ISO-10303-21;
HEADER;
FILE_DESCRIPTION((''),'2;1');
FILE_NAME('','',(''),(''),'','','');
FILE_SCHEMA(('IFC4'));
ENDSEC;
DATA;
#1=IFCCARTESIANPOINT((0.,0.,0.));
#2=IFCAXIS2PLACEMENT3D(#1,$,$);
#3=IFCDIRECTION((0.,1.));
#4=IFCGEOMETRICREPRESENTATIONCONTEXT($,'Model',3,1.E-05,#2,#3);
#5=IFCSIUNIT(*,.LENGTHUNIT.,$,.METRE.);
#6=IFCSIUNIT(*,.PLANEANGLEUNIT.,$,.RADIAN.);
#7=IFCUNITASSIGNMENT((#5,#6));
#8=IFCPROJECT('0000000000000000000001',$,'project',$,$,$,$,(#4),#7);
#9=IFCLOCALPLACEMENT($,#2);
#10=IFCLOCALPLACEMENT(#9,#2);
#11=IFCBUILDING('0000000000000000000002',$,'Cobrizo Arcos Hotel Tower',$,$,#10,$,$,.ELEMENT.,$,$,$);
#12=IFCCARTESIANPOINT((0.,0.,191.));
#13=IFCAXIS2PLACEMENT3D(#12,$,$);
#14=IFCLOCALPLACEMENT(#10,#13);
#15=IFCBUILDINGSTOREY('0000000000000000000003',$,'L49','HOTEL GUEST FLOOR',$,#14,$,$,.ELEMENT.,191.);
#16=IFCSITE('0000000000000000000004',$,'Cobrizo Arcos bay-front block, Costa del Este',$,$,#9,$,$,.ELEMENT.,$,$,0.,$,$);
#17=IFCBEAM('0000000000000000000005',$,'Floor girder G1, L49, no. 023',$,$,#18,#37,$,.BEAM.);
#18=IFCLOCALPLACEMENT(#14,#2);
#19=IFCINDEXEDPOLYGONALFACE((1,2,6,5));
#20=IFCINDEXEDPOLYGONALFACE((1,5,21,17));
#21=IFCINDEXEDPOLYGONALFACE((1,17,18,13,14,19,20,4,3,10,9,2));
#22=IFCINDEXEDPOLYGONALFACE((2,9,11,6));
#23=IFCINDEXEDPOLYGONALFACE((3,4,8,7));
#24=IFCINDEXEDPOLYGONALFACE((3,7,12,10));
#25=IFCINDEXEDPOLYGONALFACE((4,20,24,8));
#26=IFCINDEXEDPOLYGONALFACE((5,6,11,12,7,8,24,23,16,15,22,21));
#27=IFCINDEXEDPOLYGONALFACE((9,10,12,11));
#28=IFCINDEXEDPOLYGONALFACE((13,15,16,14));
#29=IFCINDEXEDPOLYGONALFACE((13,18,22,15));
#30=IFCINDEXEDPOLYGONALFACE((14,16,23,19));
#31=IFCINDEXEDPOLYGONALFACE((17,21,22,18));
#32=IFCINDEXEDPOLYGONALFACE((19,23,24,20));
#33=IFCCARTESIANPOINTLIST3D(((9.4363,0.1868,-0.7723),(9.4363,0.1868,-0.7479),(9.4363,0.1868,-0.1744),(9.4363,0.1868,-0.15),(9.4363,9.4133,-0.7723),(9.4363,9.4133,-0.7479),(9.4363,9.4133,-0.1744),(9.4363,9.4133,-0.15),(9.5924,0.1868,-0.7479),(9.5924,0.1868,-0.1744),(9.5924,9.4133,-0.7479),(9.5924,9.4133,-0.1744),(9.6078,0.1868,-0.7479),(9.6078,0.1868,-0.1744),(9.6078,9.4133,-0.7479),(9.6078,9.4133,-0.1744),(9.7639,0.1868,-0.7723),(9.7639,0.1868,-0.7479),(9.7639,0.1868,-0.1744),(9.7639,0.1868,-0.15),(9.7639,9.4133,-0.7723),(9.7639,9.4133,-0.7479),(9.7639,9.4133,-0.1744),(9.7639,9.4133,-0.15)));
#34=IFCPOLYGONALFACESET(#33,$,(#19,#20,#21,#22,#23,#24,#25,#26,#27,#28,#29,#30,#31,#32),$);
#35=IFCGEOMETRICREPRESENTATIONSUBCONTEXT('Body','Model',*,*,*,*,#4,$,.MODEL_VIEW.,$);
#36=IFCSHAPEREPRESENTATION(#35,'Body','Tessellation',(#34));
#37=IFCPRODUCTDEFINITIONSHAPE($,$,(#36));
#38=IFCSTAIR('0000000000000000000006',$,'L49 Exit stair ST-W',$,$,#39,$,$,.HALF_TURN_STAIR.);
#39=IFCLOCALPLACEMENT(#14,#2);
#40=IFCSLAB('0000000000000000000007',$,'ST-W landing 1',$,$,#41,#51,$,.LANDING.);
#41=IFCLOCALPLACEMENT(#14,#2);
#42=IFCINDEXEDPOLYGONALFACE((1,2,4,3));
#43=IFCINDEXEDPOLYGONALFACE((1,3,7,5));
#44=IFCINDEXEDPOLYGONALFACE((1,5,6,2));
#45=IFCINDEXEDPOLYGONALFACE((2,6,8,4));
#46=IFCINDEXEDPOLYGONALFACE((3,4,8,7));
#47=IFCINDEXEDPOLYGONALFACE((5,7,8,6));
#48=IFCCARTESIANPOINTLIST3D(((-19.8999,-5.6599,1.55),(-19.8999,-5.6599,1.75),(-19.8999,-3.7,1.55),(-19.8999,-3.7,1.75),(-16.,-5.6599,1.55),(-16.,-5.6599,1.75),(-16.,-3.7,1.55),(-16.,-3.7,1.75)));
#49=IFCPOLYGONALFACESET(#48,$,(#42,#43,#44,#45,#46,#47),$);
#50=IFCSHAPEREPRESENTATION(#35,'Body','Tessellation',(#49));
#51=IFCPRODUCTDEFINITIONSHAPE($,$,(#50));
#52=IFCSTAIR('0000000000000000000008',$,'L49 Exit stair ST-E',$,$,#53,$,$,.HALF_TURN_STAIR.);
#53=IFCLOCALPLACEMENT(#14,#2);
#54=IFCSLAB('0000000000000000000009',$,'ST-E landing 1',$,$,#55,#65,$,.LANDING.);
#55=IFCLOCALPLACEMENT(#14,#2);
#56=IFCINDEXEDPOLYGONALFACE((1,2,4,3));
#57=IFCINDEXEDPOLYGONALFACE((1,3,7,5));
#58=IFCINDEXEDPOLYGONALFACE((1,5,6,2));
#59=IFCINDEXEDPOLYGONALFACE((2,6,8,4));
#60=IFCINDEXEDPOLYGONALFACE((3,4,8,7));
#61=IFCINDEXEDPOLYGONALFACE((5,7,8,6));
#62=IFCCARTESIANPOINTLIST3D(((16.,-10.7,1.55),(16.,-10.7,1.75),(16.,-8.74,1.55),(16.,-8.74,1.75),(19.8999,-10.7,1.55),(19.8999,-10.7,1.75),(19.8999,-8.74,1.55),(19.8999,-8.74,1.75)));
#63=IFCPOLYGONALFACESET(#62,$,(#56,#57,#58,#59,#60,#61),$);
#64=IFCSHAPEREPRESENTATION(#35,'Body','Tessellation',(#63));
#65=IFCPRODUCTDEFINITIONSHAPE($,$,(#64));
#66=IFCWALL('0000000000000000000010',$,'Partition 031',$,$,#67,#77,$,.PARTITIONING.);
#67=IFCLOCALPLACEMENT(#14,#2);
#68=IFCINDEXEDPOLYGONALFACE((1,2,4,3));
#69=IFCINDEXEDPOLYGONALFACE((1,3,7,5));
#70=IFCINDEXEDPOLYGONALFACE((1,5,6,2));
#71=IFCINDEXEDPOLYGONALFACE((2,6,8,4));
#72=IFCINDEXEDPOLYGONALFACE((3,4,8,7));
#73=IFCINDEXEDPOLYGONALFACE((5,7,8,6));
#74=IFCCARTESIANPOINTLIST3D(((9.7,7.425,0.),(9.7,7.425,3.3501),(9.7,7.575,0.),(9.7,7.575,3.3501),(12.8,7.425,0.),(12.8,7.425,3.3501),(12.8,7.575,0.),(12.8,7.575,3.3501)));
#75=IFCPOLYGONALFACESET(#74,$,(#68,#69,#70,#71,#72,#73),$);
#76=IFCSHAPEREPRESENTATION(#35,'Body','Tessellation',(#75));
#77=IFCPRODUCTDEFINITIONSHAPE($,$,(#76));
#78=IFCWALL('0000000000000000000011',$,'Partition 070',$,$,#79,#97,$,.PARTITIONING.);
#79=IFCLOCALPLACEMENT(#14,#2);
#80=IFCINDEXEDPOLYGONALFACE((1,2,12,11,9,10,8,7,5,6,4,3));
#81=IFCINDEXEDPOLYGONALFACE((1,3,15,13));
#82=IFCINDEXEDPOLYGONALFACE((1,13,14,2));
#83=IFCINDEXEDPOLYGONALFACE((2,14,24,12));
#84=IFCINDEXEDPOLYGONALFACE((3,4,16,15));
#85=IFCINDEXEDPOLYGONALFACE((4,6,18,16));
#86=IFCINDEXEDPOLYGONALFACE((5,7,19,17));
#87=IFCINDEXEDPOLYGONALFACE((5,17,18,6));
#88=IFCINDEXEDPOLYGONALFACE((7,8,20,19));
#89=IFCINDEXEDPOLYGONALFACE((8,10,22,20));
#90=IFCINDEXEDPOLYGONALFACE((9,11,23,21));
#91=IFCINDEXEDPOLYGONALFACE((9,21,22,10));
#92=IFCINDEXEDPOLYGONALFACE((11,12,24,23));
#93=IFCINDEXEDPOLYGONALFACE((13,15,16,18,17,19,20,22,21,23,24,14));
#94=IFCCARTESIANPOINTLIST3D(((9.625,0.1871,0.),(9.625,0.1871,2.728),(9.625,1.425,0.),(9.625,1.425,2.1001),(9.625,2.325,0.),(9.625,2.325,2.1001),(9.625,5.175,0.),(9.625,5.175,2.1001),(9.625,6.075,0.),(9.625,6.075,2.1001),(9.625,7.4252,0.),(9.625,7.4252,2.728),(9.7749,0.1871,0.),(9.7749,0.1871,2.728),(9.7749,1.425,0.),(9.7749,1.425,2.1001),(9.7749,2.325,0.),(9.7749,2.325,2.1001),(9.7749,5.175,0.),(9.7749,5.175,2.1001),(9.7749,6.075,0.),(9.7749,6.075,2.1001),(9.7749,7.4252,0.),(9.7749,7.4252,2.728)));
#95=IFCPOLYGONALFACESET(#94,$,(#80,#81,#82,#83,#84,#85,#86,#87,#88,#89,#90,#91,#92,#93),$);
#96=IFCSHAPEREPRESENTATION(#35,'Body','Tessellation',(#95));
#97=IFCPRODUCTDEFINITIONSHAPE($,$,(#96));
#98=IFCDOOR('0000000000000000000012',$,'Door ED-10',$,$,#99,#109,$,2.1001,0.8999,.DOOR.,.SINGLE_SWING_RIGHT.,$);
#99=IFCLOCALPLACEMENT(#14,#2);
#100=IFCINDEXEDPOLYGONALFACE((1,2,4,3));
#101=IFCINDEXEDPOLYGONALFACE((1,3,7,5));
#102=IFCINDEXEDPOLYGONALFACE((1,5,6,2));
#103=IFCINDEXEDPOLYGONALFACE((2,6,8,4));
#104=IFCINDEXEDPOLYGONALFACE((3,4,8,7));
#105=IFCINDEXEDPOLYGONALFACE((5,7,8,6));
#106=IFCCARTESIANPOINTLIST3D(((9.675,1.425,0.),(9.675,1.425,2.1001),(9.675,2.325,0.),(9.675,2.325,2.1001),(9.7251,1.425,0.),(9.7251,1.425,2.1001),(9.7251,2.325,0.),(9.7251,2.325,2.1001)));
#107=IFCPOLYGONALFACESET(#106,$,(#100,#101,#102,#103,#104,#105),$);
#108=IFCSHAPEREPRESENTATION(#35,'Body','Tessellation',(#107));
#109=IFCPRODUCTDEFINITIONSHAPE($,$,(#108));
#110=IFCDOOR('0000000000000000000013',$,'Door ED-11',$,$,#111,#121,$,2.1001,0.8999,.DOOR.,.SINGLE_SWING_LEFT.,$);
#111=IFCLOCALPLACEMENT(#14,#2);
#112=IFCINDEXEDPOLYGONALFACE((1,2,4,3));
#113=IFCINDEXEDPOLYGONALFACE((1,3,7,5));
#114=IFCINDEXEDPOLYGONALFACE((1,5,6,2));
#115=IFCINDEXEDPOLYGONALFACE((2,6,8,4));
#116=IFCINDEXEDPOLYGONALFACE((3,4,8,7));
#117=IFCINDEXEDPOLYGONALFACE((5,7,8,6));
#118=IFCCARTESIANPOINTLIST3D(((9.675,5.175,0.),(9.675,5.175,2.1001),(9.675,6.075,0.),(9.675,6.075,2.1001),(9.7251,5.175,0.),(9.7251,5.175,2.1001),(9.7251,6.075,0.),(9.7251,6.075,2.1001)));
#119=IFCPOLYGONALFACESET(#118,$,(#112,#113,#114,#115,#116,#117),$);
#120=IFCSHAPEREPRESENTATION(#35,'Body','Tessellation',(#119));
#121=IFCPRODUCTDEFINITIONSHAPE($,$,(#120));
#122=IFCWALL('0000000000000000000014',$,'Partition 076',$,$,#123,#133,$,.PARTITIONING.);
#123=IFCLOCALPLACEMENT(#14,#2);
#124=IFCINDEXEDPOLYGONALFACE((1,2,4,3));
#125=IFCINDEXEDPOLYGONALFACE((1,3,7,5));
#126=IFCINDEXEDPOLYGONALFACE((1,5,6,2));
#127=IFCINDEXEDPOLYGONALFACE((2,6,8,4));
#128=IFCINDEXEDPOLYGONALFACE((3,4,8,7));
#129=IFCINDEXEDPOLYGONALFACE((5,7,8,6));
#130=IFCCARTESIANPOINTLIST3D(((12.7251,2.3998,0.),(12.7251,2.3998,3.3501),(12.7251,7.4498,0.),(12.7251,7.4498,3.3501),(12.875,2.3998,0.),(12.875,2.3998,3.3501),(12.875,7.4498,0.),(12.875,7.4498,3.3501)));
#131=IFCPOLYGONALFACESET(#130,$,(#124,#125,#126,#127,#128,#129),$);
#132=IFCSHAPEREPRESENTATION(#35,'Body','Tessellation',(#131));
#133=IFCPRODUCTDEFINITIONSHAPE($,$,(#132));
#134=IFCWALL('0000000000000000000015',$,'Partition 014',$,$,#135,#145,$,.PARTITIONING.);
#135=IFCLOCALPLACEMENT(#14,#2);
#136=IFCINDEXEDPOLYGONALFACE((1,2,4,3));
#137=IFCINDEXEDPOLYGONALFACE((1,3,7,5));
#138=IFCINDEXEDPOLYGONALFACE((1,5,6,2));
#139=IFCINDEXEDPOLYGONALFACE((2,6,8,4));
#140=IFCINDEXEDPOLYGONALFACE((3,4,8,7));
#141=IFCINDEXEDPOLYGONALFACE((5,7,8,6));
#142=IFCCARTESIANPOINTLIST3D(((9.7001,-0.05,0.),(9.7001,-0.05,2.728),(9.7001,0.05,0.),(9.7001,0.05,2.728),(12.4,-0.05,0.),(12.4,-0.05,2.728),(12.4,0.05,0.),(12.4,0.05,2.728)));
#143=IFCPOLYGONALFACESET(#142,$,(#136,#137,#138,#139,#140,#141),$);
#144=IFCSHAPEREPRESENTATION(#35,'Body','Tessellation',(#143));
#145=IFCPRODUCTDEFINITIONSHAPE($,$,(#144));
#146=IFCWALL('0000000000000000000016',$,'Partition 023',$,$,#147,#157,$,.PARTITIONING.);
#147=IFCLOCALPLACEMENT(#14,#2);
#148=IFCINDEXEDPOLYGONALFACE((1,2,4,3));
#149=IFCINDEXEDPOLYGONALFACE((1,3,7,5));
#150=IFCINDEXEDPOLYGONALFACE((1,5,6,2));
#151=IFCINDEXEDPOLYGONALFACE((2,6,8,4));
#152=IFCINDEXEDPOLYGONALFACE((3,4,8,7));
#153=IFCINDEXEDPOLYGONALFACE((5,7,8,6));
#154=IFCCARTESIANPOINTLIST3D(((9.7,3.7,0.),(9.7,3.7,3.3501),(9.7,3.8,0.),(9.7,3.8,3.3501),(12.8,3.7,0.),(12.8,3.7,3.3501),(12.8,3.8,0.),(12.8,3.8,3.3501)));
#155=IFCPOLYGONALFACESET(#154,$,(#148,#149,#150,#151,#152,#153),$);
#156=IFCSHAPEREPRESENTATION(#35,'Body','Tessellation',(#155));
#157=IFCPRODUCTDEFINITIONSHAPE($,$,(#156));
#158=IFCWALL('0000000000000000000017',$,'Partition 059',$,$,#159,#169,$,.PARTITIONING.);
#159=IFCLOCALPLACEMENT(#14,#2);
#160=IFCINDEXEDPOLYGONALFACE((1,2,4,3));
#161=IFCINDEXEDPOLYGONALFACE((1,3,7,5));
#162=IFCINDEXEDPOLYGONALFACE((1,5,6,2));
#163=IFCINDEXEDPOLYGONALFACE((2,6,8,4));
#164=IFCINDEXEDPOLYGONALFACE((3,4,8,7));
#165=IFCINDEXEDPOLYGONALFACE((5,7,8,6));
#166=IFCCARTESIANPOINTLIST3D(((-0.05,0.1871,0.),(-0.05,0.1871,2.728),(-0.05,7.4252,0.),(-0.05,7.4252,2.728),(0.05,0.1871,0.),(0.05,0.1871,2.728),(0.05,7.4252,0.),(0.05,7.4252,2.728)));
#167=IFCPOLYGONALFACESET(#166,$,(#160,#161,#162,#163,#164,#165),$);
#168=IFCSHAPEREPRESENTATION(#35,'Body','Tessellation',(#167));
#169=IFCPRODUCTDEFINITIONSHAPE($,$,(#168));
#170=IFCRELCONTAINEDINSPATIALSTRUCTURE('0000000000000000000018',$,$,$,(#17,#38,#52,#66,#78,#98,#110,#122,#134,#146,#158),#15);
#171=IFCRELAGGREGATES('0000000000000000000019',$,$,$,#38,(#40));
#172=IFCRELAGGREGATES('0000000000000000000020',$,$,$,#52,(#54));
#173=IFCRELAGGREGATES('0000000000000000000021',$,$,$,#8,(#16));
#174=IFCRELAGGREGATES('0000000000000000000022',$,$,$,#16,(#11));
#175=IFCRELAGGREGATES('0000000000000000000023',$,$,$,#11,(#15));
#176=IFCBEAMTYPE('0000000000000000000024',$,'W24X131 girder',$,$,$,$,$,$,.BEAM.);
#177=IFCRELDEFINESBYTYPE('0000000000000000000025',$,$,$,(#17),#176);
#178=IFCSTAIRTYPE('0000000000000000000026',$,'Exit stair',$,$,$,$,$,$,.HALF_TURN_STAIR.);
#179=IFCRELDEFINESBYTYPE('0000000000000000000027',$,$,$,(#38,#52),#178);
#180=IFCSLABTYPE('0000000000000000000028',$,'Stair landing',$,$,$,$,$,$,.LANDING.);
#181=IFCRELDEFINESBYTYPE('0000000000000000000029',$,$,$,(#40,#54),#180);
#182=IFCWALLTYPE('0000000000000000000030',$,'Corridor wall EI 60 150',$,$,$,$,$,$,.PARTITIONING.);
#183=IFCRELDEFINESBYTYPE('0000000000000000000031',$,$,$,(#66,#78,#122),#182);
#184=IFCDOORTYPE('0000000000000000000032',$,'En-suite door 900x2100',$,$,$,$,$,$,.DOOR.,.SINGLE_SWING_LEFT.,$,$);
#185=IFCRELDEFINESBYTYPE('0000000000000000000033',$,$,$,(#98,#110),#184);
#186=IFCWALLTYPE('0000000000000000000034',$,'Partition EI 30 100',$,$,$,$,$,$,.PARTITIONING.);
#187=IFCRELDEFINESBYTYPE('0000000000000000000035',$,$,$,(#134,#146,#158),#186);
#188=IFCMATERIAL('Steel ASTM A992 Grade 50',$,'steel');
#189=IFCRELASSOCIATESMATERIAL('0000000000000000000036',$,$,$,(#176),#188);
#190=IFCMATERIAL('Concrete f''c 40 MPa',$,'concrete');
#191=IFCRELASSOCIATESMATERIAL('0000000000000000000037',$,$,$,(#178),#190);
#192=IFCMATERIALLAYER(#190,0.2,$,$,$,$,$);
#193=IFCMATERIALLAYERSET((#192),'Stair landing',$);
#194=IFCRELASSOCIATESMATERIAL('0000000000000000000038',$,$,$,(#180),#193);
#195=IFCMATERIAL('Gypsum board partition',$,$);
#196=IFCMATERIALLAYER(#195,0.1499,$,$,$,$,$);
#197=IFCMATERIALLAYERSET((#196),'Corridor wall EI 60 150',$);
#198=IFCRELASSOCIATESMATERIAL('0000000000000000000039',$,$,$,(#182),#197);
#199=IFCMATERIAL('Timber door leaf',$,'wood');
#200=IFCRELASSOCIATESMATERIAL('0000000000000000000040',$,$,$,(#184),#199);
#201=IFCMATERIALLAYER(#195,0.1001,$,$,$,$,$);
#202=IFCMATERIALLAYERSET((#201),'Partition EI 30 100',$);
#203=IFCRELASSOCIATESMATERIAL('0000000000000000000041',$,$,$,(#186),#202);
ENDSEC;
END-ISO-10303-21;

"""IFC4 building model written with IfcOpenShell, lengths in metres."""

from ifc_helpers import new_model, si_unit, direction, frame, frame_2d, origin, origin_2d, place, context, subcontext, project, spatial, polyline, rectangle, i_section, outline, extrude, material, layer, layer_set, material_profile, profile_set, type_object, element, fill, aggregate, save


model = new_model("IFC4")

# Units and contexts
model_context = context("Model", 3, precision=1e-05, world=origin(), true_north=direction((0.0, 1.0)))
body_context = subcontext(model_context, "Body", "Model", "MODEL_VIEW")
ifc_project = project(units=[si_unit("LENGTHUNIT", "METRE"), si_unit("PLANEANGLEUNIT", "RADIAN")], contexts=[model_context])

# Site, building, storey
site_placement = place(None, origin())
site = spatial("IfcSite", under=ifc_project, at=site_placement, Name="Cobrizo Arcos bay-front block, Costa del Este", CompositionType="ELEMENT", RefElevation=0.0)
building_placement = place(site_placement, origin())
building = spatial("IfcBuilding", under=site, at=building_placement, Name="Cobrizo Arcos Hotel Tower", CompositionType="ELEMENT")
storey_placement = place(building_placement, frame((0.0, 0.0, 191.0)))
storey = spatial("IfcBuildingStorey", under=building, at=storey_placement, Name="L49", Description="HOTEL GUEST FLOOR", CompositionType="ELEMENT", Elevation=191.0)

# Shared definitions
ifc_material_1 = material(Name="Steel ASTM A992 Grade 50", Category="steel")

# Beam
ifc_material_profile_1 = material_profile(ifc_material_1, i_section(OverallWidth=0.3276, OverallDepth=0.6223, WebThickness=0.0154, FlangeThickness=0.0244, at=origin_2d()), Name="W24X131")
ifc_profile_set_1 = profile_set([ifc_material_profile_1], Name="Steel ASTM A992 Grade 50")
beam_type_1 = type_object("IfcBeamType", Name="W24X131 girder", PredefinedType="BEAM", material=ifc_profile_set_1)
beam_1_placement = place(storey_placement, frame((9.6001, 0.1868, -0.4612), z_axis=(0.0, 1.0, 0.0), x_axis=(-1.0, 0.0, 0.0)))
element("IfcBeam", 1, at=beam_1_placement, inside=storey, type_object=beam_type_1, Name="Floor girder G1, L49, no. 023", PredefinedType="BEAM", context=body_context, shape_type="SweptSolid", body=[
    extrude(i_section(OverallWidth=0.3276, OverallDepth=0.6223, WebThickness=0.0154, FlangeThickness=0.0244, at=origin_2d()), origin(), (0.0, 0.0, 1.0), 9.2266),
])

# Stairs, slabs
ifc_material_2 = material(Name="Concrete f'c 40 MPa", Category="concrete")
stair_type = type_object("IfcStairType", Name="Exit stair", PredefinedType="HALF_TURN_STAIR", material=ifc_material_2)
stair_1_placement = place(storey_placement, origin())
stair_1 = element("IfcStair", 2, at=stair_1_placement, inside=storey, type_object=stair_type, Name="L49 Exit stair ST-W", PredefinedType="HALF_TURN_STAIR")
ifc_layer_1 = layer(ifc_material_2, 0.2)
ifc_layer_set_1 = layer_set([ifc_layer_1], Name="Stair landing")
slab_type = type_object("IfcSlabType", Name="Stair landing", PredefinedType="LANDING", material=ifc_layer_set_1)
slab_1_placement = place(storey_placement, frame((0.0, 0.0, 1.55)))
slab_1 = element("IfcSlab", 3, at=slab_1_placement, type_object=slab_type, Name="ST-W landing 1", PredefinedType="LANDING", context=body_context, shape_type="SweptSolid", body=[
    extrude(outline(polyline([(-16.0, -5.6599), (-16.0, -3.7), (-19.8999, -3.7), (-19.8999, -5.6599), (-16.0, -5.6599)])), origin(), (0.0, 0.0, 1.0), 0.2),
])
aggregate(stair_1, [slab_1])
stair_2_placement = place(storey_placement, origin())
stair_2 = element("IfcStair", 4, at=stair_2_placement, inside=storey, type_object=stair_type, Name="L49 Exit stair ST-E", PredefinedType="HALF_TURN_STAIR")
slab_2_placement = place(storey_placement, frame((0.0, 0.0, 1.55)))
slab_2 = element("IfcSlab", 5, at=slab_2_placement, type_object=slab_type, Name="ST-E landing 1", PredefinedType="LANDING", context=body_context, shape_type="SweptSolid", body=[
    extrude(outline(polyline([(16.0, -8.74), (16.0, -10.7), (19.8999, -10.7), (19.8999, -8.74), (16.0, -8.74)])), origin(), (0.0, 0.0, 1.0), 0.2),
])
aggregate(stair_2, [slab_2])

# Wall
ifc_material_3 = material(Name="Gypsum board partition")
ifc_layer_2 = layer(ifc_material_3, 0.1499)
ifc_layer_set_2 = layer_set([ifc_layer_2], Name="Corridor wall EI 60 150")
wall_type_1 = type_object("IfcWallType", Name="Corridor wall EI 60 150", PredefinedType="PARTITIONING", material=ifc_layer_set_2)
wall_1_placement = place(storey_placement, frame((9.7, 7.5, 0.0), z_axis=(0.0, 0.0, 1.0), x_axis=(1.0, 0.0, 0.0)))
element("IfcWall", 6, at=wall_1_placement, inside=storey, type_object=wall_type_1, Name="Partition 031", PredefinedType="PARTITIONING", context=body_context, shape_type="SweptSolid", body=[
    extrude(rectangle(XDim=3.1001, YDim=0.1499, at=frame_2d((1.55, 0.0))), origin(), (0.0, 0.0, 1.0), 3.3501),
])

# Wall, openings, doors
wall_2_placement = place(storey_placement, frame((9.7, 0.187, 0.0), z_axis=(0.0, 0.0, 1.0), x_axis=(0.0, 1.0, 0.0)))
wall_2 = element("IfcWall", 7, at=wall_2_placement, inside=storey, type_object=wall_type_1, Name="Partition 070", PredefinedType="PARTITIONING", context=body_context, shape_type="SweptSolid", body=[
    extrude(rectangle(XDim=7.238, YDim=0.1499, at=frame_2d((3.6191, 0.0))), origin(), (0.0, 0.0, 1.0), 2.728),
])
opening_1_placement = place(wall_2_placement, frame((1.238, 0.0, 0.0)))
opening_1 = element("IfcOpeningElement", 8, at=opening_1_placement, cuts=wall_2, PredefinedType="OPENING", context=body_context, shape_type="SweptSolid", body=[
    extrude(rectangle(XDim=0.8999, YDim=2.1001, at=frame_2d((0.45, 1.05))), frame((0.0, 0.0869, 0.0), z_axis=(0.0, -1.0, 0.0), x_axis=(1.0, 0.0, 0.0)), (0.0, 0.0, 1.0), 0.1738),
])
opening_2_placement = place(wall_2_placement, frame((4.988, 0.0, 0.0)))
opening_2 = element("IfcOpeningElement", 9, at=opening_2_placement, cuts=wall_2, PredefinedType="OPENING", context=body_context, shape_type="SweptSolid", body=[
    extrude(rectangle(XDim=0.8999, YDim=2.1001, at=frame_2d((0.45, 1.05))), frame((0.0, 0.0869, 0.0), z_axis=(0.0, -1.0, 0.0), x_axis=(1.0, 0.0, 0.0)), (0.0, 0.0, 1.0), 0.1738),
])
ifc_material_4 = material(Name="Timber door leaf", Category="wood")
door_type_1 = type_object("IfcDoorType", Name="En-suite door 900x2100", OperationType="SINGLE_SWING_LEFT", PredefinedType="DOOR", material=ifc_material_4)
door_1_placement = place(opening_1_placement, origin())
door_1 = element("IfcDoor", 10, at=door_1_placement, inside=storey, type_object=door_type_1, Name="Door ED-10", OperationType="SINGLE_SWING_RIGHT", OverallHeight=2.1001, OverallWidth=0.8999, PredefinedType="DOOR", context=body_context, shape_type="SweptSolid", body=[
    extrude(rectangle(XDim=0.8999, YDim=2.1001, at=frame_2d((0.45, 1.05))), frame((0.0, 0.0249, 0.0), z_axis=(0.0, -1.0, 0.0), x_axis=(1.0, 0.0, 0.0)), (0.0, 0.0, 1.0), 0.05),
])
fill(opening_1, door_1)
door_2_placement = place(opening_2_placement, origin())
door_2 = element("IfcDoor", 11, at=door_2_placement, inside=storey, type_object=door_type_1, Name="Door ED-11", OperationType="SINGLE_SWING_LEFT", OverallHeight=2.1001, OverallWidth=0.8999, PredefinedType="DOOR", context=body_context, shape_type="SweptSolid", body=[
    extrude(rectangle(XDim=0.8999, YDim=2.1001, at=frame_2d((0.45, 1.05))), frame((0.0, 0.0249, 0.0), z_axis=(0.0, -1.0, 0.0), x_axis=(1.0, 0.0, 0.0)), (0.0, 0.0, 1.0), 0.05),
])
fill(opening_2, door_2)

# Walls
wall_3_placement = place(storey_placement, frame((12.8, 2.3999, 0.0), z_axis=(0.0, 0.0, 1.0), x_axis=(0.0, 1.0, 0.0)))
element("IfcWall", 12, at=wall_3_placement, inside=storey, type_object=wall_type_1, Name="Partition 076", PredefinedType="PARTITIONING", context=body_context, shape_type="SweptSolid", body=[
    extrude(rectangle(XDim=5.05, YDim=0.1499, at=frame_2d((2.5249, 0.0))), origin(), (0.0, 0.0, 1.0), 3.3501),
])
ifc_layer_3 = layer(ifc_material_3, 0.1001)
ifc_layer_set_3 = layer_set([ifc_layer_3], Name="Partition EI 30 100")
wall_type_2 = type_object("IfcWallType", Name="Partition EI 30 100", PredefinedType="PARTITIONING", material=ifc_layer_set_3)
wall_4_placement = place(storey_placement, frame((9.7, 0.0, 0.0), z_axis=(0.0, 0.0, 1.0), x_axis=(1.0, 0.0, 0.0)))
element("IfcWall", 13, at=wall_4_placement, inside=storey, type_object=wall_type_2, Name="Partition 014", PredefinedType="PARTITIONING", context=body_context, shape_type="SweptSolid", body=[
    extrude(rectangle(XDim=2.7, YDim=0.1001, at=frame_2d((1.3501, 0.0))), origin(), (0.0, 0.0, 1.0), 2.728),
])
wall_5_placement = place(storey_placement, frame((9.7, 3.75, 0.0), z_axis=(0.0, 0.0, 1.0), x_axis=(1.0, 0.0, 0.0)))
element("IfcWall", 14, at=wall_5_placement, inside=storey, type_object=wall_type_2, Name="Partition 023", PredefinedType="PARTITIONING", context=body_context, shape_type="SweptSolid", body=[
    extrude(rectangle(XDim=3.1001, YDim=0.1001, at=frame_2d((1.55, 0.0))), origin(), (0.0, 0.0, 1.0), 3.3501),
])
wall_6_placement = place(storey_placement, frame((0.0, 0.187, 0.0), z_axis=(0.0, 0.0, 1.0), x_axis=(0.0, 1.0, 0.0)))
element("IfcWall", 15, at=wall_6_placement, inside=storey, type_object=wall_type_2, Name="Partition 059", PredefinedType="PARTITIONING", context=body_context, shape_type="SweptSolid", body=[
    extrude(rectangle(XDim=7.238, YDim=0.1001, at=frame_2d((3.6191, 0.0))), origin(), (0.0, 0.0, 1.0), 2.728),
])

save(model, "model.ifc")
